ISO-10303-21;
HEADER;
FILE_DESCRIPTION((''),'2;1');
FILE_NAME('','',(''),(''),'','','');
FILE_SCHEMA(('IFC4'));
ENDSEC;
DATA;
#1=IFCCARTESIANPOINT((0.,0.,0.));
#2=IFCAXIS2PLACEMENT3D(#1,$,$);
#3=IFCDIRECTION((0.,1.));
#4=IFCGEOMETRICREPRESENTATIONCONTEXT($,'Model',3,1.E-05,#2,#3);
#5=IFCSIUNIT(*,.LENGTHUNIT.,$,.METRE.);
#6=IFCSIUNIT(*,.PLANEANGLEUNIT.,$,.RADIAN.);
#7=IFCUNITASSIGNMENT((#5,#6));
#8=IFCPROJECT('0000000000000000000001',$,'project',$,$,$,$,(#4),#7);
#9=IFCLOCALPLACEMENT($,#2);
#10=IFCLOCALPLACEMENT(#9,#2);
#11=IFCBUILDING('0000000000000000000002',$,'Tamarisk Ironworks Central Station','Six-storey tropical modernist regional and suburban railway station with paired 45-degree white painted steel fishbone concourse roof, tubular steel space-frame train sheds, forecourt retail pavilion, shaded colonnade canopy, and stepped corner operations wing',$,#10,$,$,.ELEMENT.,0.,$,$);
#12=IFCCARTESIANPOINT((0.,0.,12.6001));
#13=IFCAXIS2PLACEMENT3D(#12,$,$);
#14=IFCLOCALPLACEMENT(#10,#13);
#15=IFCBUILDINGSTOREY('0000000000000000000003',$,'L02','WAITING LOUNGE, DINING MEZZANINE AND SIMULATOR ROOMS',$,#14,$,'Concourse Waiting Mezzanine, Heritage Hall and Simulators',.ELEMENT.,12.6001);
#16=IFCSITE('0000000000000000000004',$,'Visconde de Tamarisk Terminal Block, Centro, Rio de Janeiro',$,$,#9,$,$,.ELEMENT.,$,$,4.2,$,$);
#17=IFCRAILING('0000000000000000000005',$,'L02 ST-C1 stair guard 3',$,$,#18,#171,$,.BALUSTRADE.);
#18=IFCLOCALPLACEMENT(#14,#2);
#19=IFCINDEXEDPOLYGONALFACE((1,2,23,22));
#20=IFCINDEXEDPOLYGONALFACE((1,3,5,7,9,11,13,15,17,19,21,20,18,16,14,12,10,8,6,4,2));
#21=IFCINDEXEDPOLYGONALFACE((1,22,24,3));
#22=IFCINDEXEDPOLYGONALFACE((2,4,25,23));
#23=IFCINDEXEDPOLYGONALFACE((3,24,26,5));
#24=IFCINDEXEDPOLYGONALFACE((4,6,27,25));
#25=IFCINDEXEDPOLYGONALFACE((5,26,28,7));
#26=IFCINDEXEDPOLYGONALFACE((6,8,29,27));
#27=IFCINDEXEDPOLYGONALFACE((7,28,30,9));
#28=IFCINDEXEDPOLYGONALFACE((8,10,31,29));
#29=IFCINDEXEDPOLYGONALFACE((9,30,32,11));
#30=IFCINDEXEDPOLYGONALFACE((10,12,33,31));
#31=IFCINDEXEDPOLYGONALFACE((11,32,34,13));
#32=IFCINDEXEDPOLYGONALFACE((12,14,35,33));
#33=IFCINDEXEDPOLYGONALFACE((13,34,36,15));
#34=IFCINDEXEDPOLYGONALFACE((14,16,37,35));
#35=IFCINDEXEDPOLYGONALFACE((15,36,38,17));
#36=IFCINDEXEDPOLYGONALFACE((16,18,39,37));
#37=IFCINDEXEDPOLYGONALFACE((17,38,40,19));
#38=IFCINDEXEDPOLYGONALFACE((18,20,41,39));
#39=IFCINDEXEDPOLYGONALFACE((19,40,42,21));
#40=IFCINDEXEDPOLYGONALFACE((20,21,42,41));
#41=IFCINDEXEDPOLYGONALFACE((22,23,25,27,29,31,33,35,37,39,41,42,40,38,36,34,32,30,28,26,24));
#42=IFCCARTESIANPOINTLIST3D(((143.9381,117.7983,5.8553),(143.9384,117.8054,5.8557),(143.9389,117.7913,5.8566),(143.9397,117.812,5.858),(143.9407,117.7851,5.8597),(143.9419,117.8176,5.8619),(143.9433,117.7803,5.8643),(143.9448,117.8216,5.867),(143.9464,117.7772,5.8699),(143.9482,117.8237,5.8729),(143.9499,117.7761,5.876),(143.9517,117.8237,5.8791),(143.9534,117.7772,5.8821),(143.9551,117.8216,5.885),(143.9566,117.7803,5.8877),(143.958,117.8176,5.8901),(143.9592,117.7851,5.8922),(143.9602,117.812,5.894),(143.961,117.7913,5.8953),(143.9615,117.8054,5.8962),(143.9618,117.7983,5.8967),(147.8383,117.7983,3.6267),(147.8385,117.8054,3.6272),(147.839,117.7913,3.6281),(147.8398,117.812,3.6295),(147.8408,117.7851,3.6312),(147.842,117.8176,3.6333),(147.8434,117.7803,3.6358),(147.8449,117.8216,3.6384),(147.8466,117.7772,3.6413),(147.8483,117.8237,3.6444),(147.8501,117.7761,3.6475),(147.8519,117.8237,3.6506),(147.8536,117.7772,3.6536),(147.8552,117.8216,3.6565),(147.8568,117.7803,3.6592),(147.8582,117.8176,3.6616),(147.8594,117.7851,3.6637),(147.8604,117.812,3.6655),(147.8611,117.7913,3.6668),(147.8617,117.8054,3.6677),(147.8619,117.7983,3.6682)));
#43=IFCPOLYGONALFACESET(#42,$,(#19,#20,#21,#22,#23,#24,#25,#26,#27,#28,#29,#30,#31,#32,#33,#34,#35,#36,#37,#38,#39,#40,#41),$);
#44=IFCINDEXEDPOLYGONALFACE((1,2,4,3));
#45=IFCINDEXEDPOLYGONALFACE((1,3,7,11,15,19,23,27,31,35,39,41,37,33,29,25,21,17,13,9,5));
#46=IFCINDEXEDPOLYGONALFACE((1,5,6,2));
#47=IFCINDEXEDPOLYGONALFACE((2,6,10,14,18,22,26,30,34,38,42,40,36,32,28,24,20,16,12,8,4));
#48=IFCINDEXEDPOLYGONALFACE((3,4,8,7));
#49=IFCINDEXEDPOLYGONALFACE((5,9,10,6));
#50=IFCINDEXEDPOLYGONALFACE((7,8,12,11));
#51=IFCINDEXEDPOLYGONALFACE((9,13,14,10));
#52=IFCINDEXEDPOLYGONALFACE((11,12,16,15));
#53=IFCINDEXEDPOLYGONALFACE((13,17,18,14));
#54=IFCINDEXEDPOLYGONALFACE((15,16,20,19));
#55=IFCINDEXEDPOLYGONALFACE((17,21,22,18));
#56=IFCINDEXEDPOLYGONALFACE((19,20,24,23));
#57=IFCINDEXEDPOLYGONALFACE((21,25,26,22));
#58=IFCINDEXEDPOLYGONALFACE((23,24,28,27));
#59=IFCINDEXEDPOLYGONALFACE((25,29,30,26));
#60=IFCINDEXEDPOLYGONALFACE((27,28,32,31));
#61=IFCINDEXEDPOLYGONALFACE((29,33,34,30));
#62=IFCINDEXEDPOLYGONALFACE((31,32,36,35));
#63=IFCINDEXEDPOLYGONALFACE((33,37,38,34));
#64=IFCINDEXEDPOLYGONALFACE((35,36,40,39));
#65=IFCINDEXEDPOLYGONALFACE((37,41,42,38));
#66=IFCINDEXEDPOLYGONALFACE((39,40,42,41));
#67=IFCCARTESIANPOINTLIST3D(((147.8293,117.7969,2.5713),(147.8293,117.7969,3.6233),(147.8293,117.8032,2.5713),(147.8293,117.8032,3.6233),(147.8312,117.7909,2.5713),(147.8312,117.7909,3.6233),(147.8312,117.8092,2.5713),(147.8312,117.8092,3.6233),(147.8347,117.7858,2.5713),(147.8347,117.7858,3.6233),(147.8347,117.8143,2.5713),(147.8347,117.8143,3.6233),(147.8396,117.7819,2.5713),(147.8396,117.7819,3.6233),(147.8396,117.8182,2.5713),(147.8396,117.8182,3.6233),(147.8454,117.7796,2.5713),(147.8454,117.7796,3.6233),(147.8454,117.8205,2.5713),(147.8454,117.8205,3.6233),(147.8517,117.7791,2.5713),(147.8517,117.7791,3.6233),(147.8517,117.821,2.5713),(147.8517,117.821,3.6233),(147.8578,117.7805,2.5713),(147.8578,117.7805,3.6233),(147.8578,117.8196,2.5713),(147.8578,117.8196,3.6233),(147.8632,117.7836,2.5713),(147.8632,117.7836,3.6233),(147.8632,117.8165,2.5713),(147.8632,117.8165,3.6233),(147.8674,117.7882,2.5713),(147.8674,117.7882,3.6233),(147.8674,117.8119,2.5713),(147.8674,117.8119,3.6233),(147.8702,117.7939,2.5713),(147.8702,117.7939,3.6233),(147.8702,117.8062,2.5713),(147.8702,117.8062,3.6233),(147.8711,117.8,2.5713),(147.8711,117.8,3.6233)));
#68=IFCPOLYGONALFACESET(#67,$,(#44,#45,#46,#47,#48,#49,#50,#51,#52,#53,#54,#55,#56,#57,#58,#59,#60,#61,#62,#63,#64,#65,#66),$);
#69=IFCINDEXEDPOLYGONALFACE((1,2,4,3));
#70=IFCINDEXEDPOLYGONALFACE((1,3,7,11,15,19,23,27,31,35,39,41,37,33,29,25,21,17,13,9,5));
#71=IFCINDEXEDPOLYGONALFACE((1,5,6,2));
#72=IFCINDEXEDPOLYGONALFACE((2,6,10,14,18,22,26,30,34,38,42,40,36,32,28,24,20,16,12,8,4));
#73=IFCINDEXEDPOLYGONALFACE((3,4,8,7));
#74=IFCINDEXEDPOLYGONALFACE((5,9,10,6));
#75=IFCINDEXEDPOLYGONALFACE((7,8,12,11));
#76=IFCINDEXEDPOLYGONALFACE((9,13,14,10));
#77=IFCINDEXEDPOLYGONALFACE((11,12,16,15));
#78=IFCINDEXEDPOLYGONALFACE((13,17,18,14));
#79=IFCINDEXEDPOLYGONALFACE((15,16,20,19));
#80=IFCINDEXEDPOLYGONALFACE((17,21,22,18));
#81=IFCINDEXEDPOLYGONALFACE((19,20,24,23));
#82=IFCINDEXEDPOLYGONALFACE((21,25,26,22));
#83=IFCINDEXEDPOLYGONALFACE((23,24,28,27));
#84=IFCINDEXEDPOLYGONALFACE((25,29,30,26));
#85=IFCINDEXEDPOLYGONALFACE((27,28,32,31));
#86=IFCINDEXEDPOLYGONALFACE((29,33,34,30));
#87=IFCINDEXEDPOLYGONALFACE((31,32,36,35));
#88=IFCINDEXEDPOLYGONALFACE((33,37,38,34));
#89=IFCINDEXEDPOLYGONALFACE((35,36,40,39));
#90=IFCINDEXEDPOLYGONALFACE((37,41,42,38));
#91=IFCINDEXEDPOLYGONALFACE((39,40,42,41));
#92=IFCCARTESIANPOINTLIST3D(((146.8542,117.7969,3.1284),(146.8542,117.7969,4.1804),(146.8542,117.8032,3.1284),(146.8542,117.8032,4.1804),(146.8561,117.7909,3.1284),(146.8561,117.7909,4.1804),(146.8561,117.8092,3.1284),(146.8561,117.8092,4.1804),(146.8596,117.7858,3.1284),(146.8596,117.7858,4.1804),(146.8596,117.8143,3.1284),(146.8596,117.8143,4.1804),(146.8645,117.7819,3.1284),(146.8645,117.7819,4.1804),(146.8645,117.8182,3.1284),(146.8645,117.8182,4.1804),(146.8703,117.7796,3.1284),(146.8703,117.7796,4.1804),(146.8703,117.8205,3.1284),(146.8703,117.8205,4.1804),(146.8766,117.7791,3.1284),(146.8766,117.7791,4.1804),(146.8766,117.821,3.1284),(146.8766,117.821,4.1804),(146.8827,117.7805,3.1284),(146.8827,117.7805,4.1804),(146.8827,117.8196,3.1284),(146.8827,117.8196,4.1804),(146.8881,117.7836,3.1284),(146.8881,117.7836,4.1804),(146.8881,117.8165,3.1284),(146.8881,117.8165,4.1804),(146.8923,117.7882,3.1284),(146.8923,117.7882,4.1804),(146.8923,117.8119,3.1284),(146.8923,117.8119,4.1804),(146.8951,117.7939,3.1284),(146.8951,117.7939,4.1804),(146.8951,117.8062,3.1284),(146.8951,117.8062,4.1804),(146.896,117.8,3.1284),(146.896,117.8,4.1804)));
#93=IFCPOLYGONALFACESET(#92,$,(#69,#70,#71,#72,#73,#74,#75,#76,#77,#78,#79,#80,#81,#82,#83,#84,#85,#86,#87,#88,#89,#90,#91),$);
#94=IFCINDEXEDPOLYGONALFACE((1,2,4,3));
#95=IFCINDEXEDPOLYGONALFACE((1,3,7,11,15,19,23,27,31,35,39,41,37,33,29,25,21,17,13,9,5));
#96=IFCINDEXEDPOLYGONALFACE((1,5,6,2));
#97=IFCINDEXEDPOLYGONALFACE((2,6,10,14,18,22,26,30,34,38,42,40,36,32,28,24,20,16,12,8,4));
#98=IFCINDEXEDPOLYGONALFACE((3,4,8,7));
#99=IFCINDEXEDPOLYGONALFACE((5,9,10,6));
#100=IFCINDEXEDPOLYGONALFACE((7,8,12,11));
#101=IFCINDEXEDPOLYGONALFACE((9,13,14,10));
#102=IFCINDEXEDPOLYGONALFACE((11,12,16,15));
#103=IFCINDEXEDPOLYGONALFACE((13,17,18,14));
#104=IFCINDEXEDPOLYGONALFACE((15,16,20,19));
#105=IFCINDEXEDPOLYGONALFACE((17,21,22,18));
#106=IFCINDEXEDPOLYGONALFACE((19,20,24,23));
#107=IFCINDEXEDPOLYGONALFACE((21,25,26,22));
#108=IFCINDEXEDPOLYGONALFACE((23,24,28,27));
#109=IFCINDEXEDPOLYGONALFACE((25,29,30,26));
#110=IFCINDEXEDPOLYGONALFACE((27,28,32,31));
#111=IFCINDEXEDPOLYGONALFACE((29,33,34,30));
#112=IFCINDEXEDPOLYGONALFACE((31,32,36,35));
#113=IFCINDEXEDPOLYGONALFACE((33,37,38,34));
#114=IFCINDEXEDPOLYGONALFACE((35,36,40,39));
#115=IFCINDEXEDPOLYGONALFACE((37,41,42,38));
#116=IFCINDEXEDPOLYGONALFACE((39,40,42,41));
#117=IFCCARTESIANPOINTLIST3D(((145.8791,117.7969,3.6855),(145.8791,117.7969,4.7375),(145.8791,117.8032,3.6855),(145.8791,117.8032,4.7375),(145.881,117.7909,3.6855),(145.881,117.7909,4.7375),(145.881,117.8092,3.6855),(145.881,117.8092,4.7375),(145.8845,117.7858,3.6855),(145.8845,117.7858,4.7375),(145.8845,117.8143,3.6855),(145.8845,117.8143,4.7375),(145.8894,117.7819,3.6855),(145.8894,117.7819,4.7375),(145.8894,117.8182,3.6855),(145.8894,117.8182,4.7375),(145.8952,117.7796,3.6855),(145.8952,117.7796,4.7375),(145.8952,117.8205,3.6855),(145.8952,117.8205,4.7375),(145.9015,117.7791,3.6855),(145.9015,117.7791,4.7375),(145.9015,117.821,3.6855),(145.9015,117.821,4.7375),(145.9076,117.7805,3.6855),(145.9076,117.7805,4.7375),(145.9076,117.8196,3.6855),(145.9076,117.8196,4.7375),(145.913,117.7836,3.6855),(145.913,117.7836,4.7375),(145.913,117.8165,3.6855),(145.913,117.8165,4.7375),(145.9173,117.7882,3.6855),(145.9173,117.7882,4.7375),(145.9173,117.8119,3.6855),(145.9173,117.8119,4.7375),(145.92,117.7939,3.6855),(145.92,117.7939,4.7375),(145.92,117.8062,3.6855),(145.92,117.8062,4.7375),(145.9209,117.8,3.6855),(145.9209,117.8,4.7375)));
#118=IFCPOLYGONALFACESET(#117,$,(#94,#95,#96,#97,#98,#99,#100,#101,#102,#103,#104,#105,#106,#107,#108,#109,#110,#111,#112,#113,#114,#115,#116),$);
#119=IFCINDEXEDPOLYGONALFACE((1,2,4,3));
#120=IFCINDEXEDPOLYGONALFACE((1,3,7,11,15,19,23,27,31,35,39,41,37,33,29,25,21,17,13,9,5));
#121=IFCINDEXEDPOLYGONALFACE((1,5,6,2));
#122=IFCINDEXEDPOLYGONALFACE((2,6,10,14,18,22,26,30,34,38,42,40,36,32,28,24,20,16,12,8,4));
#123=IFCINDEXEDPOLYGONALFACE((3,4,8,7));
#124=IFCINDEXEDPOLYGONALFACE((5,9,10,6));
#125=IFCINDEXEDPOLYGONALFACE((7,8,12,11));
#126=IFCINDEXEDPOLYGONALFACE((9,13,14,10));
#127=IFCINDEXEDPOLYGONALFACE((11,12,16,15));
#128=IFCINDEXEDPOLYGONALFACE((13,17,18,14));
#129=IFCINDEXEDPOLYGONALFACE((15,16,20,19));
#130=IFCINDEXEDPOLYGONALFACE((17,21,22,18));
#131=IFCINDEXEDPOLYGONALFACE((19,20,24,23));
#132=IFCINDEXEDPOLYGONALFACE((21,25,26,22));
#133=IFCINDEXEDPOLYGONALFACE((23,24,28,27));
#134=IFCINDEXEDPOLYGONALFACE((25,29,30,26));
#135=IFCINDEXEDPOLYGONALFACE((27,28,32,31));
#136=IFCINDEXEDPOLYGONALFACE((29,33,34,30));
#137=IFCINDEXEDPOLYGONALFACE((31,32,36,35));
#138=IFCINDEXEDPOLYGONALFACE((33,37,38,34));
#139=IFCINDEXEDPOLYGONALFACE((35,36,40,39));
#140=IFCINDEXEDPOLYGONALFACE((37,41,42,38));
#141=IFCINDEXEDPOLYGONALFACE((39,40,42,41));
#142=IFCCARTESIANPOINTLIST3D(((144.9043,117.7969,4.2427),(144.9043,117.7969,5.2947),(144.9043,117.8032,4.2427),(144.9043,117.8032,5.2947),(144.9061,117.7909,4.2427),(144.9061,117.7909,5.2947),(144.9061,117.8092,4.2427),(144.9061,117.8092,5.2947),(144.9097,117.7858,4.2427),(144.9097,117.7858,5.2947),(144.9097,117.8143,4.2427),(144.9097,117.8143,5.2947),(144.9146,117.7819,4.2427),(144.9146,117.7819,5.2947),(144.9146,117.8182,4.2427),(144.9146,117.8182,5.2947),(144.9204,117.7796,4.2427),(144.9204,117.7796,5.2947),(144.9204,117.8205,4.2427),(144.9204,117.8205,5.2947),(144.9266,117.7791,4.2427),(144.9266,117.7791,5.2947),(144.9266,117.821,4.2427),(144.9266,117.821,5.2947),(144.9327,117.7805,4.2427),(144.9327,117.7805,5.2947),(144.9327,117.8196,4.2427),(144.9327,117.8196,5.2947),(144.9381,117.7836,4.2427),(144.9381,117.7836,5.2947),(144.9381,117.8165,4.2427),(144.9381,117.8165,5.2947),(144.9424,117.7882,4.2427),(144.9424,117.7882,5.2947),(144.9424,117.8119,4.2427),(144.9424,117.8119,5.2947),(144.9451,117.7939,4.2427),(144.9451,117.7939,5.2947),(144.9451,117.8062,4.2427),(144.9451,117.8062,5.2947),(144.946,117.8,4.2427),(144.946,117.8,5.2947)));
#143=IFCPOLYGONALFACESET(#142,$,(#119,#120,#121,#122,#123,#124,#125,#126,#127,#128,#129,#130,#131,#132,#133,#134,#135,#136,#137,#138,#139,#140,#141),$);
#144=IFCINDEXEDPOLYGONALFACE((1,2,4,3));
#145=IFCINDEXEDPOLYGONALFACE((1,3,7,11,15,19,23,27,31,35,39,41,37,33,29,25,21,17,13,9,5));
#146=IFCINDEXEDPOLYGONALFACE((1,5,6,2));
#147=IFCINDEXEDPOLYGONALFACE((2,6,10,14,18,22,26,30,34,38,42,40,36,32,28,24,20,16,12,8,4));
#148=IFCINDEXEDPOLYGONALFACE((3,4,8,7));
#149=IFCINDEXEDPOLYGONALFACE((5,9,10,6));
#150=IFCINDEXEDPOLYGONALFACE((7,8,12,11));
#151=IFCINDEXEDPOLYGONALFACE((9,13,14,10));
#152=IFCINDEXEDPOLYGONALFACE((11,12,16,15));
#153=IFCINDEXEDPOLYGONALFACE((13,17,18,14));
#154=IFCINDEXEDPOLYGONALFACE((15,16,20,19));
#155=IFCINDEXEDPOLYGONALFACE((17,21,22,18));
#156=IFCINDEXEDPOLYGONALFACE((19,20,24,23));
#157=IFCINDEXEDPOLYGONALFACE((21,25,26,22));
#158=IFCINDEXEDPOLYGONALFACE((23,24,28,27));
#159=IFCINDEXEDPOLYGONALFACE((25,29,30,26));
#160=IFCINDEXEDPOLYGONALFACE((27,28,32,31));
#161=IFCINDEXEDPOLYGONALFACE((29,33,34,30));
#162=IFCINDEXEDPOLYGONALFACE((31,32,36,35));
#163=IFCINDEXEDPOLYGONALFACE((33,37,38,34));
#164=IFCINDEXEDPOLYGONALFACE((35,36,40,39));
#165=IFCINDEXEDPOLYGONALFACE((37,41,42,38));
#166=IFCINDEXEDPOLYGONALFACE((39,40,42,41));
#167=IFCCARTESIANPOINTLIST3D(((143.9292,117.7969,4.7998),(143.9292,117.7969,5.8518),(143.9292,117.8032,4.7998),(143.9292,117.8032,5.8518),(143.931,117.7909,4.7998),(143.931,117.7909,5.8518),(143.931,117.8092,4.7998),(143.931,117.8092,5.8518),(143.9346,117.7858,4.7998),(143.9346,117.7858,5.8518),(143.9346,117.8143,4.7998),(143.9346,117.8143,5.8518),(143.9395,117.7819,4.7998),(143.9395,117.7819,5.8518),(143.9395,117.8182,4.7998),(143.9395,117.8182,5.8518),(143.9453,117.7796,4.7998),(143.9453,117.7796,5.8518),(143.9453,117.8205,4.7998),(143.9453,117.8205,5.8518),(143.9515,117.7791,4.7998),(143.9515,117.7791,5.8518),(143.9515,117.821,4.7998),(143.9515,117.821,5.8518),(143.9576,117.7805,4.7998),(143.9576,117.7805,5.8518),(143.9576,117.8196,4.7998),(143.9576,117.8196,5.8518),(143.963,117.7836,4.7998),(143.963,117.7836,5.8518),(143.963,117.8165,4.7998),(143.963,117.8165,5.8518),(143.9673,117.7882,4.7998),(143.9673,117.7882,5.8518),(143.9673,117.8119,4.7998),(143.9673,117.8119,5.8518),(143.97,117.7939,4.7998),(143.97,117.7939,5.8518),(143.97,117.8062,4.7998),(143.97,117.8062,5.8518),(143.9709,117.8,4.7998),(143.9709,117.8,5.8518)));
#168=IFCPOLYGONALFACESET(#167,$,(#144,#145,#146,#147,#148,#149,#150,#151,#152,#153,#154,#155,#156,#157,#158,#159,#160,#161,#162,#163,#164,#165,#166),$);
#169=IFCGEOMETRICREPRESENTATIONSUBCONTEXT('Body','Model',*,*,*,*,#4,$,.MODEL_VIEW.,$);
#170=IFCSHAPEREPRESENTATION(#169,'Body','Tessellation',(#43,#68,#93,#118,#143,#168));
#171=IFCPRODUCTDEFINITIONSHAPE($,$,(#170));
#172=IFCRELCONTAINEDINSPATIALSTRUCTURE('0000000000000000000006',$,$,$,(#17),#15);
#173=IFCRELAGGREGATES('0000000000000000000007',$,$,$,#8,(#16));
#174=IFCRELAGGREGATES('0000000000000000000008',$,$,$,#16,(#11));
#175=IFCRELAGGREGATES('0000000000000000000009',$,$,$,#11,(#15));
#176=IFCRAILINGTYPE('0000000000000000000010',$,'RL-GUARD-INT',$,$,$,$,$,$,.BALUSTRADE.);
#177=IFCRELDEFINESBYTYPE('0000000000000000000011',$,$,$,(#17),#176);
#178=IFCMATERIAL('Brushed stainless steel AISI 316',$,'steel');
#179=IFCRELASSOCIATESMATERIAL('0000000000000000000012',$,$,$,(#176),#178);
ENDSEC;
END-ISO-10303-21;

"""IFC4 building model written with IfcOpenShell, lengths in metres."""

from ifc_helpers import new_model, si_unit, direction, frame, origin, origin_2d, place, context, subcontext, project, spatial, circle, extrude, material, type_object, element, save


model = new_model("IFC4")

# Units and contexts
model_context = context("Model", 3, precision=1e-05, world=origin(), true_north=direction((0.0, 1.0)))
body_context = subcontext(model_context, "Body", "Model", "MODEL_VIEW")
ifc_project = project(units=[si_unit("LENGTHUNIT", "METRE"), si_unit("PLANEANGLEUNIT", "RADIAN")], contexts=[model_context])

# Site, building, storey
site_placement = place(None, origin())
site = spatial("IfcSite", under=ifc_project, at=site_placement, Name="Visconde de Tamarisk Terminal Block, Centro, Rio de Janeiro", CompositionType="ELEMENT", RefElevation=4.2)
building_placement = place(site_placement, origin())
building = spatial("IfcBuilding", under=site, at=building_placement, Name="Tamarisk Ironworks Central Station", Description="Six-storey tropical modernist regional and suburban railway station with paired 45-degree white painted steel fishbone concourse roof, tubular steel space-frame train sheds, forecourt retail pavilion, shaded colonnade canopy, and stepped corner operations wing", CompositionType="ELEMENT", ElevationOfRefHeight=0.0)
storey_placement = place(building_placement, frame((0.0, 0.0, 12.6001)))
storey = spatial("IfcBuildingStorey", under=building, at=storey_placement, Name="L02", Description="WAITING LOUNGE, DINING MEZZANINE AND SIMULATOR ROOMS", LongName="Concourse Waiting Mezzanine, Heritage Hall and Simulators", CompositionType="ELEMENT", Elevation=12.6001)

# Shared definitions
ifc_material_1 = material(Name="Brushed stainless steel AISI 316", Category="steel")

# Railing
railing_type_1 = type_object("IfcRailingType", Name="RL-GUARD-INT", PredefinedType="BALUSTRADE", material=ifc_material_1)
railing_1_placement = place(storey_placement, frame((147.8501, 117.8, 2.5713)))
element("IfcRailing", 1, at=railing_1_placement, inside=storey, type_object=railing_type_1, Name="L02 ST-C1 stair guard 3", PredefinedType="BALUSTRADE", context=body_context, shape_type="SweptSolid", body=[
    extrude(circle(Radius=0.0239, at=origin_2d()), frame((0.0, 0.0, 1.0762), z_axis=(-0.868257, 0.0, 0.496116), x_axis=(0.0, -1.0, 0.0)), (0.0, 0.0, 1.0), 4.4919),
    extrude(circle(Radius=0.021, at=origin_2d()), origin(), (0.0, 0.0, 1.0), 1.052),
    extrude(circle(Radius=0.021, at=origin_2d()), frame((-0.9751, 0.0, 0.5571)), (0.0, 0.0, 1.0), 1.052),
    extrude(circle(Radius=0.021, at=origin_2d()), frame((-1.9502, 0.0, 1.1143)), (0.0, 0.0, 1.0), 1.052),
    extrude(circle(Radius=0.021, at=origin_2d()), frame((-2.925, 0.0, 1.6714)), (0.0, 0.0, 1.0), 1.052),
    extrude(circle(Radius=0.021, at=origin_2d()), frame((-3.9001, 0.0, 2.2285)), (0.0, 0.0, 1.0), 1.052),
])

save(model, "model.ifc")
